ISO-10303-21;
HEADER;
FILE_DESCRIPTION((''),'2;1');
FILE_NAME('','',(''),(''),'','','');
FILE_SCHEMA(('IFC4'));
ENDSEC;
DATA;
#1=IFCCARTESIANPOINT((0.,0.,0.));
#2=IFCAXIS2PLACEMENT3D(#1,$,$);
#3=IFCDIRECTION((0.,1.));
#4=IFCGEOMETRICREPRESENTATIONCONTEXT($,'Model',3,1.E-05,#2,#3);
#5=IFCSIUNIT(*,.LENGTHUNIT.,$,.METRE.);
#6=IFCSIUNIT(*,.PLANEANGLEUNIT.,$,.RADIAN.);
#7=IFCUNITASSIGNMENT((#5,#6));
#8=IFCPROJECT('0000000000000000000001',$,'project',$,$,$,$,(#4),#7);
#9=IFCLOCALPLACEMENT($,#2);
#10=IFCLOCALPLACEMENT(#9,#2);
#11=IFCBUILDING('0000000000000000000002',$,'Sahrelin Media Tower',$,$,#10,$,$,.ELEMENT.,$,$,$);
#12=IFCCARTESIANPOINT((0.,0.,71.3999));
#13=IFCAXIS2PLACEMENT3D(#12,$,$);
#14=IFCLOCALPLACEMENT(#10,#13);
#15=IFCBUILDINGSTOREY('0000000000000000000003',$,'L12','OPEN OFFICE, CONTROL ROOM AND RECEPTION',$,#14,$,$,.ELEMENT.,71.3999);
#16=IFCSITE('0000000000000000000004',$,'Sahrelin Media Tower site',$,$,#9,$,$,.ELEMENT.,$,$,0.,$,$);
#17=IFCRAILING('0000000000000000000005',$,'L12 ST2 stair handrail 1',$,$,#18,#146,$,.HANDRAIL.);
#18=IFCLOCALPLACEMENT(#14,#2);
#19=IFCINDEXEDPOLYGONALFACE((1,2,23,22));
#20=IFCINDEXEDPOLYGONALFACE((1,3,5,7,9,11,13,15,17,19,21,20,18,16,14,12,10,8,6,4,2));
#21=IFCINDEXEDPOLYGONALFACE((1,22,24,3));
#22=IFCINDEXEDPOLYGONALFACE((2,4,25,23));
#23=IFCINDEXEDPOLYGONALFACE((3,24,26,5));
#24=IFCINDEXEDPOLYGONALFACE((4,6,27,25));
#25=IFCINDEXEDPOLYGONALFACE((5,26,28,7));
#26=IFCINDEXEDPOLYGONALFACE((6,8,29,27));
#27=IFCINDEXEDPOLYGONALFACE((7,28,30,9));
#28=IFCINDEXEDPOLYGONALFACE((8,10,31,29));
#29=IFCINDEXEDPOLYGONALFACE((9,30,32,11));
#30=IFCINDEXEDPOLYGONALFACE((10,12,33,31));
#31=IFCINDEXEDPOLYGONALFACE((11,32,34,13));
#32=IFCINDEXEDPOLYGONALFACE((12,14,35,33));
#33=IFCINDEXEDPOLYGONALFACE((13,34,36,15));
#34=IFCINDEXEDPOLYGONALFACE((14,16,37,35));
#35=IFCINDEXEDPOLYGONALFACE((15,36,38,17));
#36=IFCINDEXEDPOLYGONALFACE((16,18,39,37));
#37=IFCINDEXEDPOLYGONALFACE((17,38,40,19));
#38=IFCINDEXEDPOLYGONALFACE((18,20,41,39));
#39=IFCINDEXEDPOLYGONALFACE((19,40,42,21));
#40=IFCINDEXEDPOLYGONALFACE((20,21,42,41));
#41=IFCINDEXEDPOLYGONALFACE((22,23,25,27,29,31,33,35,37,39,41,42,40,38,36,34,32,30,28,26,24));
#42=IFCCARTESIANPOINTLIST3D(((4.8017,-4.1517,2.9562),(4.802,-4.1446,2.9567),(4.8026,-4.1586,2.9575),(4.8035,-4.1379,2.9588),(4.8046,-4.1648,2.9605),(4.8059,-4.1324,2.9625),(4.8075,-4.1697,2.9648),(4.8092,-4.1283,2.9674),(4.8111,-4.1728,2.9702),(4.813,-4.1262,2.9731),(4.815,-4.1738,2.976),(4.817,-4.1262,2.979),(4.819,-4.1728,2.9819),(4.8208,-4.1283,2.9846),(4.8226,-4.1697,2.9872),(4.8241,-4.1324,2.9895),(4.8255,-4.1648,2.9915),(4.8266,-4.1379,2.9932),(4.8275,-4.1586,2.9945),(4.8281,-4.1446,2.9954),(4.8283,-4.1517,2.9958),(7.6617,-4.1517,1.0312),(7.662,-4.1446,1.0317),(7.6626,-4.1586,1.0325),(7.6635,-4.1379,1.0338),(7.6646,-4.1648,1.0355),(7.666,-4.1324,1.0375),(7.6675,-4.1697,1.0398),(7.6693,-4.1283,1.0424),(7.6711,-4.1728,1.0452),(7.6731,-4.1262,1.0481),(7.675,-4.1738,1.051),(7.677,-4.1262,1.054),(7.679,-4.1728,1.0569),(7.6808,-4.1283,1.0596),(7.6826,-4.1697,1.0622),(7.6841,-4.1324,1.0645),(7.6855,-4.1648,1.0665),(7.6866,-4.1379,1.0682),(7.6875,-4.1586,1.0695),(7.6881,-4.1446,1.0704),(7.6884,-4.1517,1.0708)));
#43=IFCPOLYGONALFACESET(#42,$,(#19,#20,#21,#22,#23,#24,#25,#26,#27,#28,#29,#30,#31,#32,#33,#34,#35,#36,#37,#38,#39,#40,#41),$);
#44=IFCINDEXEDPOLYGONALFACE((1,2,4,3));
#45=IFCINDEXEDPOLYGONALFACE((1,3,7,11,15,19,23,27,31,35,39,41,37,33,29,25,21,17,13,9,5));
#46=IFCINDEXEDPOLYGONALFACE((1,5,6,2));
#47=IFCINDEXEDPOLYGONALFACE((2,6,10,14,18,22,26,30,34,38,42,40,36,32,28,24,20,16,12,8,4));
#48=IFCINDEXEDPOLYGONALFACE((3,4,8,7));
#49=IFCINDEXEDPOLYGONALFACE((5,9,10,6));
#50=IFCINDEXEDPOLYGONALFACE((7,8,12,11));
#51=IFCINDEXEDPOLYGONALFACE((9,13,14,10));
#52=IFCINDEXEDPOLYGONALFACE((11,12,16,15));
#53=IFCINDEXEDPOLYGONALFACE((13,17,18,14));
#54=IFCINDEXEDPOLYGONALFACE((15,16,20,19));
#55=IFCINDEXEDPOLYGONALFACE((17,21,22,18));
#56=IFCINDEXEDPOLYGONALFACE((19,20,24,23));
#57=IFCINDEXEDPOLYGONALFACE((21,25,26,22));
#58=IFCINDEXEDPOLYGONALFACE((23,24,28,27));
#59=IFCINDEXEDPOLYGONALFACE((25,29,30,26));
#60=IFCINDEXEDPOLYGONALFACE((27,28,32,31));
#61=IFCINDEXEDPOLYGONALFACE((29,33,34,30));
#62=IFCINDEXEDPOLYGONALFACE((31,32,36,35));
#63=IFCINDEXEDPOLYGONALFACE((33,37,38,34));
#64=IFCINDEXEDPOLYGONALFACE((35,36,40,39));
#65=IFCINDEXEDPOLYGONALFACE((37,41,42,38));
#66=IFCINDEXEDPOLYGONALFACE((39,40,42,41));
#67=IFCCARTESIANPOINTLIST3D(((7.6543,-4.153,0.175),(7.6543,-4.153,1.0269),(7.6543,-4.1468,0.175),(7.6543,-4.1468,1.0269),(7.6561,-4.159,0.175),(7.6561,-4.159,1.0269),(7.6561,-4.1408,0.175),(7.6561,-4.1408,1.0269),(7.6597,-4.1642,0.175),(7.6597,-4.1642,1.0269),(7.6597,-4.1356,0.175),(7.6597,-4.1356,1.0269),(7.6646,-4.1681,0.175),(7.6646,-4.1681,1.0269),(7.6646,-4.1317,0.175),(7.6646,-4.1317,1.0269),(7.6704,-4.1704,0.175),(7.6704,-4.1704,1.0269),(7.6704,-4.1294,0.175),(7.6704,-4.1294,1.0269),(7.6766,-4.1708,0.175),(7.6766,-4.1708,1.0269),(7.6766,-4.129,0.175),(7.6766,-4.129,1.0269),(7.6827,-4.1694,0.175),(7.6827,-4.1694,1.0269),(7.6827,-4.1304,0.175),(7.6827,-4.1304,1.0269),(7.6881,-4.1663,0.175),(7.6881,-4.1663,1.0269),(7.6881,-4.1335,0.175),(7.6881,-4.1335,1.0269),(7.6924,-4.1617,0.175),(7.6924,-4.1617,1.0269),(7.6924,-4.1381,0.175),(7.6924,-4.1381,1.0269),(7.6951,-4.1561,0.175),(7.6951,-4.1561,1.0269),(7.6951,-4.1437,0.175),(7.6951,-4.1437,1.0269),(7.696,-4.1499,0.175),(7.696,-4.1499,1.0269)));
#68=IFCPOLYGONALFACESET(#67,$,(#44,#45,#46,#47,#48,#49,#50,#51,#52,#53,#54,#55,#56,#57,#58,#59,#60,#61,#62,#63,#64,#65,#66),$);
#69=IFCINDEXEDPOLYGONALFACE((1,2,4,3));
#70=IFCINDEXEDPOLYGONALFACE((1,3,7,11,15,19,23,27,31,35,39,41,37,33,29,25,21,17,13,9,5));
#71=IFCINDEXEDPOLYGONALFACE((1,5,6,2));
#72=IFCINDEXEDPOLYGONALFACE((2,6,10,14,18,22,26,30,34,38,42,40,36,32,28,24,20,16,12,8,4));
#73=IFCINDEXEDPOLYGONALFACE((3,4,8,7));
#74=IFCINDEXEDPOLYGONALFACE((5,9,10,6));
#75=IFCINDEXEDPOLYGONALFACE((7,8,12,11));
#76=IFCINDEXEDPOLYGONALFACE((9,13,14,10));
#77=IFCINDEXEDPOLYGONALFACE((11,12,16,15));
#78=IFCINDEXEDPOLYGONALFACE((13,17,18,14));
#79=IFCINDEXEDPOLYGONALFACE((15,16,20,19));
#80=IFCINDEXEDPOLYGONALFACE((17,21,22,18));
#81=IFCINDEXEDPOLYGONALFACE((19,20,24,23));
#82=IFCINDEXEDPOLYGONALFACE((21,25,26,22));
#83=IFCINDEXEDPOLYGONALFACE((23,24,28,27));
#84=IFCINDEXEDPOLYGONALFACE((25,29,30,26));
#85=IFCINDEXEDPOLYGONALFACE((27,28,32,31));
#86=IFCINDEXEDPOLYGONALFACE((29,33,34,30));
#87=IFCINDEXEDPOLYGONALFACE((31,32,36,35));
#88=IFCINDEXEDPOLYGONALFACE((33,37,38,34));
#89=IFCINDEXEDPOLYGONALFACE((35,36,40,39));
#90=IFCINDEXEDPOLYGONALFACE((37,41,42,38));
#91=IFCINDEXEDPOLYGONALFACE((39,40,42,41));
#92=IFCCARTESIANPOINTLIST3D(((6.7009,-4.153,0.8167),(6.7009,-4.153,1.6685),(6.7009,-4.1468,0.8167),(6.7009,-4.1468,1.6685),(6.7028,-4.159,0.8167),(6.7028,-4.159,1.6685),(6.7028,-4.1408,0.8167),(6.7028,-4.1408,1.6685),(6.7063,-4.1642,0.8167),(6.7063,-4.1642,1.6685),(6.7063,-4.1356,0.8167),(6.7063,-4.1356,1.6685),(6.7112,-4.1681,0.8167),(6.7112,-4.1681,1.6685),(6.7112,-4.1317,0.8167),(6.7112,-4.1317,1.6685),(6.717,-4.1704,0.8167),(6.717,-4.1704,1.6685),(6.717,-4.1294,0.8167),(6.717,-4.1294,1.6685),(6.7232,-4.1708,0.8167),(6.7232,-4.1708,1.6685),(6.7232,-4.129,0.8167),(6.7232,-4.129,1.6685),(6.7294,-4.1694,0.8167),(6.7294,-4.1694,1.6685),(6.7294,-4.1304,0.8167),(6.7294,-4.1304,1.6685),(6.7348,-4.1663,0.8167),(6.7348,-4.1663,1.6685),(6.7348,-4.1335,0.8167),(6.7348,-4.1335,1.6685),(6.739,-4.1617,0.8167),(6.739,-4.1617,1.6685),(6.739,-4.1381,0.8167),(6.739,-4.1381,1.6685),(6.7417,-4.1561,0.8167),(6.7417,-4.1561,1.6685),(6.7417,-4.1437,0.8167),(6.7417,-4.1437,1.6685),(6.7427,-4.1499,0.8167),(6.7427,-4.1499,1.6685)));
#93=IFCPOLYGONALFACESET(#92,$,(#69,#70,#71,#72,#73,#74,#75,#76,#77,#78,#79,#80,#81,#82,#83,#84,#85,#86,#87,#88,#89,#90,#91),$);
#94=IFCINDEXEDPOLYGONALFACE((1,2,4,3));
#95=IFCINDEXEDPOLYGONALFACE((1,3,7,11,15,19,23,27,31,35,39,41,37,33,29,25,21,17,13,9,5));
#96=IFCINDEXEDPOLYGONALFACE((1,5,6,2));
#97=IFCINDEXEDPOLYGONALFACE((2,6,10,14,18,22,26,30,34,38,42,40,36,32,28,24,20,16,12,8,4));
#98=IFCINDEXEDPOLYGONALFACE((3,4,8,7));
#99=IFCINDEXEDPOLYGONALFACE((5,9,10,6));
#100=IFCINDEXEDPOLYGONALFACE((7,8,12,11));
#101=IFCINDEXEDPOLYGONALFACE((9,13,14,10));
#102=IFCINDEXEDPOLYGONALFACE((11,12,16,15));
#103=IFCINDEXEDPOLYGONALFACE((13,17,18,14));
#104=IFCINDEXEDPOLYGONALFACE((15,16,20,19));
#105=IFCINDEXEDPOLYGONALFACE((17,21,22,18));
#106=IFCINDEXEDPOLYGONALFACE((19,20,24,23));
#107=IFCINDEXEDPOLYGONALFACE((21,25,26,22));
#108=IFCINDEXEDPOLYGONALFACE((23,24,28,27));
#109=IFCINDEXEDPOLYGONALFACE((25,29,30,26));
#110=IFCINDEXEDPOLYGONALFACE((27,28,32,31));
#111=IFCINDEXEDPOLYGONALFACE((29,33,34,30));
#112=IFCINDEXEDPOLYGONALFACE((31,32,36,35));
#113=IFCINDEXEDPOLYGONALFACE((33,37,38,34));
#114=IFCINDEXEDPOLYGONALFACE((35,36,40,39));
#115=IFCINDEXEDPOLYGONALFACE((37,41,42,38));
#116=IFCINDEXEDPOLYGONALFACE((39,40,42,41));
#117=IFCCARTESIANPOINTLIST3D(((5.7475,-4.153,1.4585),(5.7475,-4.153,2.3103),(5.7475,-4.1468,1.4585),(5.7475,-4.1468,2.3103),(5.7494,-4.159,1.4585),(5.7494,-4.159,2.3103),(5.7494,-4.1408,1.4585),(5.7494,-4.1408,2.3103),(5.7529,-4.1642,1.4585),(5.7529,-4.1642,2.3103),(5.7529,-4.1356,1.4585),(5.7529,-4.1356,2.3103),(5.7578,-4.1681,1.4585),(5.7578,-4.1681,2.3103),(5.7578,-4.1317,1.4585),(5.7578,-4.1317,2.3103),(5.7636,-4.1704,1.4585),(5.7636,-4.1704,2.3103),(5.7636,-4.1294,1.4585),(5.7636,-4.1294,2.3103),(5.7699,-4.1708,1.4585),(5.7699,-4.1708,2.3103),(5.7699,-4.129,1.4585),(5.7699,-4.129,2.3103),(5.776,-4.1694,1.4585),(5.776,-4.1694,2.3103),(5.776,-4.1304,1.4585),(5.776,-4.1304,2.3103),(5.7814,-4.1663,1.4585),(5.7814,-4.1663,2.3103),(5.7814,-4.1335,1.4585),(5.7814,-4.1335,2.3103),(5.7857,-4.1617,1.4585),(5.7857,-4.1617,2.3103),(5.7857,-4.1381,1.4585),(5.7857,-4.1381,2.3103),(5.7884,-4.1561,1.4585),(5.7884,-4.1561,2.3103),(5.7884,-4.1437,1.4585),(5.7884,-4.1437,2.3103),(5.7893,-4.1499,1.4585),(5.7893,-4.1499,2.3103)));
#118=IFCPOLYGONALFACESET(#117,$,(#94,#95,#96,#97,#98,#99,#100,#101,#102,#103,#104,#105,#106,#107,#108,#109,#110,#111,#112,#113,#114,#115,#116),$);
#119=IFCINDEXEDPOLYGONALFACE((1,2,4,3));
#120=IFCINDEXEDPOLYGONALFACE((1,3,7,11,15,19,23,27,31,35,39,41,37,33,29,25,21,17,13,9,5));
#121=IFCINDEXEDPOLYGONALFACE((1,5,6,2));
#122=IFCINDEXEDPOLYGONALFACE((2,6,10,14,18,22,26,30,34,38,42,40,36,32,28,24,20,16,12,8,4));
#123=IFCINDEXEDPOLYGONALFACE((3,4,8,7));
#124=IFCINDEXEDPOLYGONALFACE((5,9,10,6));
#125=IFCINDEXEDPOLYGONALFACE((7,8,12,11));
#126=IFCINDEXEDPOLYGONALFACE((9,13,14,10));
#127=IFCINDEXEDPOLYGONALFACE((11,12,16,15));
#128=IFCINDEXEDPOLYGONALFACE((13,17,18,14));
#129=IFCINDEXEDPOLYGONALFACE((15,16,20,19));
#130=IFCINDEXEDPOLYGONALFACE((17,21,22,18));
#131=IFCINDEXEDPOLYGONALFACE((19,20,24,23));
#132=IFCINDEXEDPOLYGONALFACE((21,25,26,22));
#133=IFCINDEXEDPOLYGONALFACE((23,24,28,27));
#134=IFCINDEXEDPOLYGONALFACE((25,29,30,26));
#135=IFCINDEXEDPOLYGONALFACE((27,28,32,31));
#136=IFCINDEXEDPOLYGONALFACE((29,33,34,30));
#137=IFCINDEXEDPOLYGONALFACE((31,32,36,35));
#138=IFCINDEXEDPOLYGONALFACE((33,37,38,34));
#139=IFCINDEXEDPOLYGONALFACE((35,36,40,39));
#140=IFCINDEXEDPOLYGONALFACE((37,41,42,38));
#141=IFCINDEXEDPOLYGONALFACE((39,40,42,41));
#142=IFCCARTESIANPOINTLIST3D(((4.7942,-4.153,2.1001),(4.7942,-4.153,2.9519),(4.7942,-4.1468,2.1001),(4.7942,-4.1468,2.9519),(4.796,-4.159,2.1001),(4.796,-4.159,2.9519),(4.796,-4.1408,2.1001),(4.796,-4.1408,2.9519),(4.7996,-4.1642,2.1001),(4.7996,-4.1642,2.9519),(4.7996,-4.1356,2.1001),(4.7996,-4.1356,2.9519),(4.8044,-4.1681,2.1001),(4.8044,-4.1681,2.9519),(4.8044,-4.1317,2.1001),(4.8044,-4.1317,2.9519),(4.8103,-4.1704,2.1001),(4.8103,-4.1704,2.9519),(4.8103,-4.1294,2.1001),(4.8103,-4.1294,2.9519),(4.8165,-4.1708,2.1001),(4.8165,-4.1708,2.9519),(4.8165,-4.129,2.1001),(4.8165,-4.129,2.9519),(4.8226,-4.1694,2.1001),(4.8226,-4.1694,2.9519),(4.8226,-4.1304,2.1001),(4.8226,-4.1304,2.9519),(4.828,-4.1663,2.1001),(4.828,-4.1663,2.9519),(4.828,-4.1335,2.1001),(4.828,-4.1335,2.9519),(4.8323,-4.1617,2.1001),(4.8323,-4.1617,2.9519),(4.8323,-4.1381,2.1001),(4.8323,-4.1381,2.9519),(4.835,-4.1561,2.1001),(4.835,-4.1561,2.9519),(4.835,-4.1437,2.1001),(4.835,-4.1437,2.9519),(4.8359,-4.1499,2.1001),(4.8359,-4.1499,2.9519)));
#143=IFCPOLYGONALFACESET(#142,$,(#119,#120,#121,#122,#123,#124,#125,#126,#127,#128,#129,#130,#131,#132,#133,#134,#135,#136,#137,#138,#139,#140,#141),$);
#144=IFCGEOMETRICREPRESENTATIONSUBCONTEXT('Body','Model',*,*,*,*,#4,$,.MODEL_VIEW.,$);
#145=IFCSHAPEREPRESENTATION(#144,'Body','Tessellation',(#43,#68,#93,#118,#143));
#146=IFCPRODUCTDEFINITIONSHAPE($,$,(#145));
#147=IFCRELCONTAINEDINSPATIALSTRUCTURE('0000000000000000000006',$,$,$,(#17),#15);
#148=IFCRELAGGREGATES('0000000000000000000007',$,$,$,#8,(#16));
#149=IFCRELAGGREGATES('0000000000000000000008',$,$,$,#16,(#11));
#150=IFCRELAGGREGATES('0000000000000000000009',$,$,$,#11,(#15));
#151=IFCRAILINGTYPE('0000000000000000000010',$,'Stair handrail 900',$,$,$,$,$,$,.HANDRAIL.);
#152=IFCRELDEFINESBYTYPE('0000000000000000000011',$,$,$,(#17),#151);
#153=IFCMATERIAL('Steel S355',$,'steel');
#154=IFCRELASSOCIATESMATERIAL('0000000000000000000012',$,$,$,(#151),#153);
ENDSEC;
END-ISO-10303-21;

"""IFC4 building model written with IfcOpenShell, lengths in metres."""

from ifc_helpers import new_model, si_unit, direction, frame, origin, origin_2d, place, context, subcontext, project, spatial, circle, extrude, material, type_object, element, save


model = new_model("IFC4")

# Units and contexts
model_context = context("Model", 3, precision=1e-05, world=origin(), true_north=direction((0.0, 1.0)))
body_context = subcontext(model_context, "Body", "Model", "MODEL_VIEW")
ifc_project = project(units=[si_unit("LENGTHUNIT", "METRE"), si_unit("PLANEANGLEUNIT", "RADIAN")], contexts=[model_context])

# Site, building, storey
site_placement = place(None, origin())
site = spatial("IfcSite", under=ifc_project, at=site_placement, Name="Sahrelin Media Tower site", CompositionType="ELEMENT", RefElevation=0.0)
building_placement = place(site_placement, origin())
building = spatial("IfcBuilding", under=site, at=building_placement, Name="Sahrelin Media Tower", CompositionType="ELEMENT")
storey_placement = place(building_placement, frame((0.0, 0.0, 71.3999)))
storey = spatial("IfcBuildingStorey", under=building, at=storey_placement, Name="L12", Description="OPEN OFFICE, CONTROL ROOM AND RECEPTION", CompositionType="ELEMENT", Elevation=71.3999)

# Shared definitions
ifc_material_1 = material(Name="Steel S355", Category="steel")

# Railing
railing_type_1 = type_object("IfcRailingType", Name="Stair handrail 900", PredefinedType="HANDRAIL", material=ifc_material_1)
railing_1_placement = place(storey_placement, frame((7.675, -4.1499, 0.175)))
element("IfcRailing", 1, at=railing_1_placement, inside=storey, type_object=railing_type_1, Name="L12 ST2 stair handrail 1", PredefinedType="HANDRAIL", context=body_context, shape_type="SweptSolid", body=[
    extrude(circle(Radius=0.0239, at=origin_2d()), frame((0.0, 0.0, 0.876), z_axis=(-0.829591, 0.0, 0.558372), x_axis=(0.0, -1.0, 0.0)), (0.0, 0.0, 1.0), 3.4475),
    extrude(circle(Radius=0.021, at=origin_2d()), origin(), (0.0, 0.0, 1.0), 0.8518),
    extrude(circle(Radius=0.021, at=origin_2d()), frame((-0.9534, 0.0, 0.6416)), (0.0, 0.0, 1.0), 0.8518),
    extrude(circle(Radius=0.021, at=origin_2d()), frame((-1.9067, 0.0, 1.2834)), (0.0, 0.0, 1.0), 0.8518),
    extrude(circle(Radius=0.021, at=origin_2d()), frame((-2.8601, 0.0, 1.925)), (0.0, 0.0, 1.0), 0.8518),
])

save(model, "model.ifc")
